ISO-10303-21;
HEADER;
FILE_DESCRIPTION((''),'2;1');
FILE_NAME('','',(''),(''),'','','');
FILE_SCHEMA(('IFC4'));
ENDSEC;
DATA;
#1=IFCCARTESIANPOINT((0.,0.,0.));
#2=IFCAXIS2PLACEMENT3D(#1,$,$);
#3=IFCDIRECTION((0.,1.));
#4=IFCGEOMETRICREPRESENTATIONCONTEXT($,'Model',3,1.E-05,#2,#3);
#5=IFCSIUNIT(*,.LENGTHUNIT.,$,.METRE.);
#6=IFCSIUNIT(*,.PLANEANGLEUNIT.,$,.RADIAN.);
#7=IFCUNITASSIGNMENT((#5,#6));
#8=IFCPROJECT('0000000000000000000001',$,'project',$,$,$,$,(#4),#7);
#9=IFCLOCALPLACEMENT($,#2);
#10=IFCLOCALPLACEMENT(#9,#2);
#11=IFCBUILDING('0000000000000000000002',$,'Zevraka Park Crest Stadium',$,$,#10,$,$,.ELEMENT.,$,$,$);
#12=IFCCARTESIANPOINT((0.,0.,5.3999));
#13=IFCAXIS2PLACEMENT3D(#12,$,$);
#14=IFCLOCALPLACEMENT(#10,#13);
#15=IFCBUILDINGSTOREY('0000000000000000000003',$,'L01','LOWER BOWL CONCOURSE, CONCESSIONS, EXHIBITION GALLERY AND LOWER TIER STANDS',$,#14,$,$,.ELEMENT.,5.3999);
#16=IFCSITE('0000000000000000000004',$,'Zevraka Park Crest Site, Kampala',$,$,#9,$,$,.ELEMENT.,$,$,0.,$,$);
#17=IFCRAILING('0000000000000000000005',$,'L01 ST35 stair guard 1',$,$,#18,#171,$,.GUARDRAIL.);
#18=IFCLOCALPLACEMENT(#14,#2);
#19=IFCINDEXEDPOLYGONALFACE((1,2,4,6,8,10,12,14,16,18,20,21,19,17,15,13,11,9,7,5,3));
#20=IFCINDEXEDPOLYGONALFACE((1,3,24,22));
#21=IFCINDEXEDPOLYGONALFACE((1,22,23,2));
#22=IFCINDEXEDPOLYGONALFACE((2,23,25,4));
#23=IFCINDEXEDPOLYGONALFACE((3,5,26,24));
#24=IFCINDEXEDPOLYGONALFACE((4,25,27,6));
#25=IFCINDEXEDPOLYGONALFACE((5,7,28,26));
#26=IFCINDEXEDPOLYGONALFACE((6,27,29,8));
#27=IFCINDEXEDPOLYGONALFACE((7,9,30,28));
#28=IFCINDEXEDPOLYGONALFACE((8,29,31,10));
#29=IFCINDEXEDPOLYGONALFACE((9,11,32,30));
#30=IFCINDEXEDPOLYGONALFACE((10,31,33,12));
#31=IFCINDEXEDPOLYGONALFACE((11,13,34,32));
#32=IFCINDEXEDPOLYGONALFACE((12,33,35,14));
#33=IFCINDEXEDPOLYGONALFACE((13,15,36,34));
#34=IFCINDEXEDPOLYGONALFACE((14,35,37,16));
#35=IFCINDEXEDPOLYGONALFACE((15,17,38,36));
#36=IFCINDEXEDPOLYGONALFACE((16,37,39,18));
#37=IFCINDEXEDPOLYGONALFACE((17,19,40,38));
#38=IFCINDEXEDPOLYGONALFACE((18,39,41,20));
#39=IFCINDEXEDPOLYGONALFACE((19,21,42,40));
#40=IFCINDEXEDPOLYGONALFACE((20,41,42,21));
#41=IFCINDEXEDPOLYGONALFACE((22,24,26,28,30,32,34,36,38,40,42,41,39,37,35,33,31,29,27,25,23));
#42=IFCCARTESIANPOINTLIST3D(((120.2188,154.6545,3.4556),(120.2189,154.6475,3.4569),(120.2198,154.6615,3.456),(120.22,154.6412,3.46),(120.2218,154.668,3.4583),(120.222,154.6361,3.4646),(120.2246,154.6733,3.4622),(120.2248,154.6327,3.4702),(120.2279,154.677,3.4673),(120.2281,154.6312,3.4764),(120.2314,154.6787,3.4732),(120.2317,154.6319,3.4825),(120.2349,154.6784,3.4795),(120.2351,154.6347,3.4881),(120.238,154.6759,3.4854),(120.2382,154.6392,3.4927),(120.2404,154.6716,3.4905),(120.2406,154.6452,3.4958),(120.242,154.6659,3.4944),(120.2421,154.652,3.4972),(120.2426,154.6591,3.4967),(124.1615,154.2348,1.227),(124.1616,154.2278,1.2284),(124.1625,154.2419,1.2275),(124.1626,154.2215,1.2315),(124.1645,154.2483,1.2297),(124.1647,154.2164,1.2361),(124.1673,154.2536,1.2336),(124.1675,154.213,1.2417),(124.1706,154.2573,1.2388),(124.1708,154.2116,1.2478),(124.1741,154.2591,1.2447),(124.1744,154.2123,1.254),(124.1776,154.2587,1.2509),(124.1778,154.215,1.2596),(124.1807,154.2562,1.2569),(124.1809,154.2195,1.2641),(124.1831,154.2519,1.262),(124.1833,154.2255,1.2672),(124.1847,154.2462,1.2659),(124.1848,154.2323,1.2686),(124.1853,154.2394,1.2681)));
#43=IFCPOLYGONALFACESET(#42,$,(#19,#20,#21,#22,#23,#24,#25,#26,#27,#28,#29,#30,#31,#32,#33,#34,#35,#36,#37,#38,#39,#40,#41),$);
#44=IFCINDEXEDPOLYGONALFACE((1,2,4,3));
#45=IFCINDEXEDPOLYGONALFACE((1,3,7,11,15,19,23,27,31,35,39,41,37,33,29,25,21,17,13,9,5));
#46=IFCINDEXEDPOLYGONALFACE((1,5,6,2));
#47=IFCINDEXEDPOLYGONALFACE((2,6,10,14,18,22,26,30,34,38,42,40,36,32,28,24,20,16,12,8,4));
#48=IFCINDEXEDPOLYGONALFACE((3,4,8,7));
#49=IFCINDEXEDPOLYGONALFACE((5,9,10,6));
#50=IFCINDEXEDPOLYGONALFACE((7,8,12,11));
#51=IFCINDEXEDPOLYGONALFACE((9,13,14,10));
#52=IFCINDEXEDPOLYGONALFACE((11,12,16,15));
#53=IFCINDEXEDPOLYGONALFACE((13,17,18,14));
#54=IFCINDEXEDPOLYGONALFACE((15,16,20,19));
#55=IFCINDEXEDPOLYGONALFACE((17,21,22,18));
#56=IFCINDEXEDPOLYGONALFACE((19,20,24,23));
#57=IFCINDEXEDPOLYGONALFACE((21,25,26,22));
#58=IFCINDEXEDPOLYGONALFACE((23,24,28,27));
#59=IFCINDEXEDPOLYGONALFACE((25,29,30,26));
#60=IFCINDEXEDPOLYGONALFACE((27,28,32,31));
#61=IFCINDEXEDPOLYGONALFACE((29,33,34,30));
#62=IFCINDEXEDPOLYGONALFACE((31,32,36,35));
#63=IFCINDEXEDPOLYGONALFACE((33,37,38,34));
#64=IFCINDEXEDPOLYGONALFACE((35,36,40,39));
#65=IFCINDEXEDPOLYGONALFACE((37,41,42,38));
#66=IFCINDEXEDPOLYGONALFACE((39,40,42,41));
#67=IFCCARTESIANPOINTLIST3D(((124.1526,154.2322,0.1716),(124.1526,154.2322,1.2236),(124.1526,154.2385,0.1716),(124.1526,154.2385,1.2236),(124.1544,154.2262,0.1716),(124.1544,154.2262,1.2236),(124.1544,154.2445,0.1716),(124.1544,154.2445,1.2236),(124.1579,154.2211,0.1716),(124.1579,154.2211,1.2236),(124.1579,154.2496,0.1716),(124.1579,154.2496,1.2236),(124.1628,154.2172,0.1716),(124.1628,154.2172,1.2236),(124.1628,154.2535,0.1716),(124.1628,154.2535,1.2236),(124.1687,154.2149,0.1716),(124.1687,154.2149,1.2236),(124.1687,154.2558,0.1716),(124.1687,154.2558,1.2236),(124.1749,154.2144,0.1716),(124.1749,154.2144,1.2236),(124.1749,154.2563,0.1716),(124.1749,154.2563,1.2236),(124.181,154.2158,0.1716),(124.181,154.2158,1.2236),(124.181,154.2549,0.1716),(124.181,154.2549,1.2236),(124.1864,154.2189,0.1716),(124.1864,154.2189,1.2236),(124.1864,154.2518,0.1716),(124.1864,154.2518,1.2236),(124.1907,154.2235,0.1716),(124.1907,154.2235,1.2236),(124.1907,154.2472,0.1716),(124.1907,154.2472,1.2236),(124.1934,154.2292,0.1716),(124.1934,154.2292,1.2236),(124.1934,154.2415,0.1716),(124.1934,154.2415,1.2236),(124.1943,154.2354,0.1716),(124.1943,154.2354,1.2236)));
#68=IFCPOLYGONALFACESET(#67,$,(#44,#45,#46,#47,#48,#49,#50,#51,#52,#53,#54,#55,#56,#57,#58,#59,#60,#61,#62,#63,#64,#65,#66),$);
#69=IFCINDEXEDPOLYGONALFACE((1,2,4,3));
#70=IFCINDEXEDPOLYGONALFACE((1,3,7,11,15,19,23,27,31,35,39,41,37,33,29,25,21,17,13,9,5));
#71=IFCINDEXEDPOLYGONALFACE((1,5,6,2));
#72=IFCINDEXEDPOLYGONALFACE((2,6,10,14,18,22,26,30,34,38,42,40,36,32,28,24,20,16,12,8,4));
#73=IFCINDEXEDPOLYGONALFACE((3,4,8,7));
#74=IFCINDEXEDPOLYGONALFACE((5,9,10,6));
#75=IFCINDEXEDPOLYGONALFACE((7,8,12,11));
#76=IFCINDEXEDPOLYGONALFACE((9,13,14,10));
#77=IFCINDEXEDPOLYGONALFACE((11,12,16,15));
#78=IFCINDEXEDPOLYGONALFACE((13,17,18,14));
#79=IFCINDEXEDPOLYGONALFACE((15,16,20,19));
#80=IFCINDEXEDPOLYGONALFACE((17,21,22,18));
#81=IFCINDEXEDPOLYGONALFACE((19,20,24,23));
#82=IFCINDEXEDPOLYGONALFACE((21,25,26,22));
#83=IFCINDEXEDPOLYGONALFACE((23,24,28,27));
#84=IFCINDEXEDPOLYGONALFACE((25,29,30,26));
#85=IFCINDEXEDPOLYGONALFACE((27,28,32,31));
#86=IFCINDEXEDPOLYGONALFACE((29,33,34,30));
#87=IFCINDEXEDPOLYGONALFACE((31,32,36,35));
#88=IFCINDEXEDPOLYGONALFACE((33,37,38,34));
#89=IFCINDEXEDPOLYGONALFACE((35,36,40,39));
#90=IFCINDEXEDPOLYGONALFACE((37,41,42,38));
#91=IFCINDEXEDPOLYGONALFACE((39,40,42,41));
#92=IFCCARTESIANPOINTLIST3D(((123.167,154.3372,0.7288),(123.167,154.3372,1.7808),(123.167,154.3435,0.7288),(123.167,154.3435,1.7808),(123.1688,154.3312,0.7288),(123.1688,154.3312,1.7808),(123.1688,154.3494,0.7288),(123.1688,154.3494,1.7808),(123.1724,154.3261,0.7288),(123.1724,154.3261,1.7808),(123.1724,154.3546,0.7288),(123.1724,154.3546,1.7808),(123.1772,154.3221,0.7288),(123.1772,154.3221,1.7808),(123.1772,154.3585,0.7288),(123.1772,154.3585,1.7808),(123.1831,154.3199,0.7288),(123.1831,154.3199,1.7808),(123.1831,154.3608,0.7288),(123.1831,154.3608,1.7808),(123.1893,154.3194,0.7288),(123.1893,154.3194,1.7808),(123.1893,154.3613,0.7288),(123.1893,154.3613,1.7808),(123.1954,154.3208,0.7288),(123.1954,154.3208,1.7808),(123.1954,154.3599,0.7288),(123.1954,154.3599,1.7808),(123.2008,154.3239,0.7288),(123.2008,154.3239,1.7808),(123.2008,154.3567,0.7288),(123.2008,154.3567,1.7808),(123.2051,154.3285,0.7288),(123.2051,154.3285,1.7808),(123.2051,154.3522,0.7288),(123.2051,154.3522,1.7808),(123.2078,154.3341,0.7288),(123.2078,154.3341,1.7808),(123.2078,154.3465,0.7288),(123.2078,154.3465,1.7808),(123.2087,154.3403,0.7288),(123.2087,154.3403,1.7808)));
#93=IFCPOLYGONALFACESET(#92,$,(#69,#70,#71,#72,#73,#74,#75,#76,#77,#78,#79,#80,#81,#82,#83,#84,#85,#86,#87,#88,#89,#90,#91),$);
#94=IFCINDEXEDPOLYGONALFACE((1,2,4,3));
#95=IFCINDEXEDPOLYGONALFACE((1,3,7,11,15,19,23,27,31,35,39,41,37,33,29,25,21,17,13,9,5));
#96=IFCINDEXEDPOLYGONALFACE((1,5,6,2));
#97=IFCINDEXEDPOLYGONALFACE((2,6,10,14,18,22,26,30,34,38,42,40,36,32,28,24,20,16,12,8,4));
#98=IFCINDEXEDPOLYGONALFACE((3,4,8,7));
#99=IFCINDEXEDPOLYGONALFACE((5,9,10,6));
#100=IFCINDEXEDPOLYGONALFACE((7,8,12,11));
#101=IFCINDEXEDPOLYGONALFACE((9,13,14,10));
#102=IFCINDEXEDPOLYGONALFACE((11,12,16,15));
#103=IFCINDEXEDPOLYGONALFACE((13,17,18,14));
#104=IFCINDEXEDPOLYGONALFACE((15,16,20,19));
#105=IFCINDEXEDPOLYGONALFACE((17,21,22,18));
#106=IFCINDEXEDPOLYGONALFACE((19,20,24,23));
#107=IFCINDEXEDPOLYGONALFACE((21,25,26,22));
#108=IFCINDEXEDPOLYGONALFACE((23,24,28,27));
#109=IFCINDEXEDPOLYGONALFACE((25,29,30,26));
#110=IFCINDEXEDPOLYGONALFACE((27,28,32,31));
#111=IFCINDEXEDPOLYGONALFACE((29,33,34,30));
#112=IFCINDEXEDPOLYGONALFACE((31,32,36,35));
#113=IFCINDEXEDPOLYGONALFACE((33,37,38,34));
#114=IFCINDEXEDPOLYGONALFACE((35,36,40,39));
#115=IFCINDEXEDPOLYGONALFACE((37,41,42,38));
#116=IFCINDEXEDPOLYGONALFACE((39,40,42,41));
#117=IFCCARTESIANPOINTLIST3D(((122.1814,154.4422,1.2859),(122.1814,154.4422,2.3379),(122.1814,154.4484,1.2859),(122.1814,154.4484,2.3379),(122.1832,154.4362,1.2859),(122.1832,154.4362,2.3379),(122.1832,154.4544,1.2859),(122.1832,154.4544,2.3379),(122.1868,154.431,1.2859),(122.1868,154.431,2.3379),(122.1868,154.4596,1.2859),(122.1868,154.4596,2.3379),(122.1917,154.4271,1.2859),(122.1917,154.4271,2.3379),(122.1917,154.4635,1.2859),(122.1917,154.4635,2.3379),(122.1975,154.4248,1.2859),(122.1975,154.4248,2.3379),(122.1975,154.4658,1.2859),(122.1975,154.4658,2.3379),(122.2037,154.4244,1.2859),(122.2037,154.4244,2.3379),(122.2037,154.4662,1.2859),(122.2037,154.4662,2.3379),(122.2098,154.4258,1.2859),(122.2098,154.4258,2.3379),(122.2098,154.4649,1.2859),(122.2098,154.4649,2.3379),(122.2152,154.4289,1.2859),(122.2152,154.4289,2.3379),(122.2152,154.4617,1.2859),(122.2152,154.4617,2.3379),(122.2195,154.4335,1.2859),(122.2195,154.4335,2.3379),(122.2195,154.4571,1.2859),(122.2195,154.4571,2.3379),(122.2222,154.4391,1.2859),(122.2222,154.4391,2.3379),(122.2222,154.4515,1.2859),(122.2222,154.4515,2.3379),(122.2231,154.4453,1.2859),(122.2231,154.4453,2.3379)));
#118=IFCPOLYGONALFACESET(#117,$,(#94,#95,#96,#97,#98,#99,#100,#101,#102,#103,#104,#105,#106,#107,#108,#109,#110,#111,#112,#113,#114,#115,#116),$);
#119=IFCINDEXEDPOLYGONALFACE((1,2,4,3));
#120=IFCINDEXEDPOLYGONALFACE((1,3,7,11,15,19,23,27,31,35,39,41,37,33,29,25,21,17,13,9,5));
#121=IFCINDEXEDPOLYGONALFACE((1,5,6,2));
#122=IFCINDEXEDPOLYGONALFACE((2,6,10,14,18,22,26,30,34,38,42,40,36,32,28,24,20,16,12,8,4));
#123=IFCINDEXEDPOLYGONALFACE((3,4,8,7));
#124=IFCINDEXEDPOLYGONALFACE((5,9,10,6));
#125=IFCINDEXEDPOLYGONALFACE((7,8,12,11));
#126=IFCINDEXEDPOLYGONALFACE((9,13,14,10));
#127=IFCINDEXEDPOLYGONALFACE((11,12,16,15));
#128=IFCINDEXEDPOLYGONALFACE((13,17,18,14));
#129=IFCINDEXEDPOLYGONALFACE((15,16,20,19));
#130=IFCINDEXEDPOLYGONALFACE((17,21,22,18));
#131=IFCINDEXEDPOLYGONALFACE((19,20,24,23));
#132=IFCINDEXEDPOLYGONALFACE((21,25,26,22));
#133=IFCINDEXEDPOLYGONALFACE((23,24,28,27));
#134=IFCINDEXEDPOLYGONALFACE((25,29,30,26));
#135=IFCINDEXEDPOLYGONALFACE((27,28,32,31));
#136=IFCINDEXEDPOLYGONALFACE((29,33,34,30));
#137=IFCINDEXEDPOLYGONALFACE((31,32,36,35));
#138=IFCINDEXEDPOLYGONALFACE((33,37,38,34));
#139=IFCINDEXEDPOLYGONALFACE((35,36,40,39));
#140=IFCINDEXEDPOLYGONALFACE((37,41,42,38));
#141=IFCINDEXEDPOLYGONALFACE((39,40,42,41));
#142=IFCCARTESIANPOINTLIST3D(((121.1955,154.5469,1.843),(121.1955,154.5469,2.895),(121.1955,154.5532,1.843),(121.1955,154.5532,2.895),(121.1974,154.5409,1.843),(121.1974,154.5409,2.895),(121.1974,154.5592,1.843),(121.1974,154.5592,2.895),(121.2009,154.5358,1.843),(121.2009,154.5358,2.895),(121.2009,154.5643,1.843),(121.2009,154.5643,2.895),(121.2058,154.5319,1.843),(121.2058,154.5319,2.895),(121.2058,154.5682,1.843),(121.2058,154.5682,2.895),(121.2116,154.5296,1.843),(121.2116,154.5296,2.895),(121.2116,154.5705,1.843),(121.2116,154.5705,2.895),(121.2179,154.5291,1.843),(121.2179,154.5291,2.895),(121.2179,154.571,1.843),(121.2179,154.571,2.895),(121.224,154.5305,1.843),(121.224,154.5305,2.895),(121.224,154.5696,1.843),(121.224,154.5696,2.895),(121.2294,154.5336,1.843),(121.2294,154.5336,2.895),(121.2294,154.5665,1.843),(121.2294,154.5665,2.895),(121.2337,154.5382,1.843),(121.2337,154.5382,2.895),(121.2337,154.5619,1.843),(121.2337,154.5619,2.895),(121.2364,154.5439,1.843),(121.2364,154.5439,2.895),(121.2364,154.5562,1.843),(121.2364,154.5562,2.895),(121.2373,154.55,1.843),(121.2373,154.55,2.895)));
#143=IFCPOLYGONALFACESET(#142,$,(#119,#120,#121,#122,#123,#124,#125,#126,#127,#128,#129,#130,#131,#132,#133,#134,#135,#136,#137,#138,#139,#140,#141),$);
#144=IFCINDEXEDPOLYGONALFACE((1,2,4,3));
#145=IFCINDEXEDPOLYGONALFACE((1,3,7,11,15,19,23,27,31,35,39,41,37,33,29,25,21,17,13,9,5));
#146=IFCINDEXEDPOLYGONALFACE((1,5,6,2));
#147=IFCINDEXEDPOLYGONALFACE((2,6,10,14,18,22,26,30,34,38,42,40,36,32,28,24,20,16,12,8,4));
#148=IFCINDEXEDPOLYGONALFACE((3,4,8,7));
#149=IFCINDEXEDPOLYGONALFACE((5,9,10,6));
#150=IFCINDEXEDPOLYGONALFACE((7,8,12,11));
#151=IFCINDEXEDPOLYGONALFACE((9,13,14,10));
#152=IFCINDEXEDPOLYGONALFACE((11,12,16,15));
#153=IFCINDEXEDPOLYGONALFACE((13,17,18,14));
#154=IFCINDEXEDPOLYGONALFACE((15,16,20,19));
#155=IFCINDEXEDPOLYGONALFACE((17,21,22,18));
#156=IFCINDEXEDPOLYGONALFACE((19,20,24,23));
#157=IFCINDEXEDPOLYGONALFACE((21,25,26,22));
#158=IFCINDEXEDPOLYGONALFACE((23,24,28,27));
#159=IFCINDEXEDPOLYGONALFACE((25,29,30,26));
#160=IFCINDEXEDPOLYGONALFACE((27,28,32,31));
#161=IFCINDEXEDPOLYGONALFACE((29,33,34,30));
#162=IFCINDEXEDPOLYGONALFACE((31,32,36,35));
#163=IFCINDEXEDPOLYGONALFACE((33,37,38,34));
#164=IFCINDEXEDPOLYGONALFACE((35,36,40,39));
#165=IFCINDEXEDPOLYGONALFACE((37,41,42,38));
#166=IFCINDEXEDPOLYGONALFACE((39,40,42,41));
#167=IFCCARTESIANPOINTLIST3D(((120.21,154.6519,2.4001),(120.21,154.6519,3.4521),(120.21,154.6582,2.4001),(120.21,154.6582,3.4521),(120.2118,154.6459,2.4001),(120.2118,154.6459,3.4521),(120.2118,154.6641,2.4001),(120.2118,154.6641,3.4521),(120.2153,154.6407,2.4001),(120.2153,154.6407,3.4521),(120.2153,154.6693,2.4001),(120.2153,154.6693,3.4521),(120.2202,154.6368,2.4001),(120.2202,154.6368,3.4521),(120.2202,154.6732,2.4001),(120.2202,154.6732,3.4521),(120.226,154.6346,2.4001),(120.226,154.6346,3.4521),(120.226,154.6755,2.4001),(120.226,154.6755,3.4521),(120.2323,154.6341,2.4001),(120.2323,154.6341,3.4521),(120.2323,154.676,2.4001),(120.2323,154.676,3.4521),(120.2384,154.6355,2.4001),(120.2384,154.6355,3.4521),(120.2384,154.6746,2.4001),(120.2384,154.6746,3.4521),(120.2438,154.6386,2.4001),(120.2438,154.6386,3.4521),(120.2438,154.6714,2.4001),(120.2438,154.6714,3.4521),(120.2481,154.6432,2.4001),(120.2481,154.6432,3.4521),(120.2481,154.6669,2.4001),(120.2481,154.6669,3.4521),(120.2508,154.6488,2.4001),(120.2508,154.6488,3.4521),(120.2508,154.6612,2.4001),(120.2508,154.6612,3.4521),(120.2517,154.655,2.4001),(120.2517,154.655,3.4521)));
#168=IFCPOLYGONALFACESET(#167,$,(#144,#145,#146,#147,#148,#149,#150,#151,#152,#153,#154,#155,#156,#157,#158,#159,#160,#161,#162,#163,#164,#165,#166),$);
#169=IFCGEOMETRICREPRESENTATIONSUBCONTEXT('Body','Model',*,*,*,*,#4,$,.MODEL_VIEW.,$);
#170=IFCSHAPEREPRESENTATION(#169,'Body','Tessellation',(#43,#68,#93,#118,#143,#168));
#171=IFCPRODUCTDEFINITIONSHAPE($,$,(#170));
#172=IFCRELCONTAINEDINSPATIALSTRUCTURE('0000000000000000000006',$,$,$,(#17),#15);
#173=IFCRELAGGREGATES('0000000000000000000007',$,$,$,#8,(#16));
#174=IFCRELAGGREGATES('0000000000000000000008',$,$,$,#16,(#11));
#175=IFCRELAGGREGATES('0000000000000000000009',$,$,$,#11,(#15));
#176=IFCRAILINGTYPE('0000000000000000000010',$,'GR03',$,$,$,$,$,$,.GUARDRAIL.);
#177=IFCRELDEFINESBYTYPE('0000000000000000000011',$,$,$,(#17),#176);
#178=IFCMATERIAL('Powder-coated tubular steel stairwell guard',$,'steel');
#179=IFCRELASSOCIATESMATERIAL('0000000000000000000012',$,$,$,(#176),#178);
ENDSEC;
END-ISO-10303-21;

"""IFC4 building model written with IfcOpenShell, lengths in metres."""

from ifc_helpers import new_model, si_unit, direction, frame, origin, origin_2d, place, context, subcontext, project, spatial, circle, extrude, material, type_object, element, save


model = new_model("IFC4")

# Units and contexts
model_context = context("Model", 3, precision=1e-05, world=origin(), true_north=direction((0.0, 1.0)))
body_context = subcontext(model_context, "Body", "Model", "MODEL_VIEW")
ifc_project = project(units=[si_unit("LENGTHUNIT", "METRE"), si_unit("PLANEANGLEUNIT", "RADIAN")], contexts=[model_context])

# Site, building, storey
site_placement = place(None, origin())
site = spatial("IfcSite", under=ifc_project, at=site_placement, Name="Zevraka Park Crest Site, Kampala", CompositionType="ELEMENT", RefElevation=0.0)
building_placement = place(site_placement, origin())
building = spatial("IfcBuilding", under=site, at=building_placement, Name="Zevraka Park Crest Stadium", CompositionType="ELEMENT")
storey_placement = place(building_placement, frame((0.0, 0.0, 5.3999)))
storey = spatial("IfcBuildingStorey", under=building, at=storey_placement, Name="L01", Description="LOWER BOWL CONCOURSE, CONCESSIONS, EXHIBITION GALLERY AND LOWER TIER STANDS", CompositionType="ELEMENT", Elevation=5.3999)

# Railing
ifc_material_1 = material(Name="Powder-coated tubular steel stairwell guard", Category="steel")
railing_type_1 = type_object("IfcRailingType", Name="GR03", PredefinedType="GUARDRAIL", material=ifc_material_1)
railing_1_placement = place(storey_placement, frame((124.1733, 154.2354, 0.1716)))
element("IfcRailing", 1, at=railing_1_placement, inside=storey, type_object=railing_type_1, Name="L01 ST35 stair guard 1", PredefinedType="GUARDRAIL", context=body_context, shape_type="SweptSolid", body=[
    extrude(circle(Radius=0.0239, at=origin_2d()), frame((0.0, 0.0, 1.0762), z_axis=(-0.866842, 0.092272, 0.48997), x_axis=(-0.105848, -0.994382, 0.0)), (0.0, 0.0, 1.0), 4.5483),
    extrude(circle(Radius=0.021, at=origin_2d()), origin(), (0.0, 0.0, 1.0), 1.052),
    extrude(circle(Radius=0.021, at=origin_2d()), frame((-0.9856, 0.105, 0.5571)), (0.0, 0.0, 1.0), 1.052),
    extrude(circle(Radius=0.021, at=origin_2d()), frame((-1.9712, 0.21, 1.1143)), (0.0, 0.0, 1.0), 1.052),
    extrude(circle(Radius=0.021, at=origin_2d()), frame((-2.957, 0.3147, 1.6714)), (0.0, 0.0, 1.0), 1.052),
    extrude(circle(Radius=0.021, at=origin_2d()), frame((-3.9426, 0.4197, 2.2285)), (0.0, 0.0, 1.0), 1.052),
])

save(model, "model.ifc")
